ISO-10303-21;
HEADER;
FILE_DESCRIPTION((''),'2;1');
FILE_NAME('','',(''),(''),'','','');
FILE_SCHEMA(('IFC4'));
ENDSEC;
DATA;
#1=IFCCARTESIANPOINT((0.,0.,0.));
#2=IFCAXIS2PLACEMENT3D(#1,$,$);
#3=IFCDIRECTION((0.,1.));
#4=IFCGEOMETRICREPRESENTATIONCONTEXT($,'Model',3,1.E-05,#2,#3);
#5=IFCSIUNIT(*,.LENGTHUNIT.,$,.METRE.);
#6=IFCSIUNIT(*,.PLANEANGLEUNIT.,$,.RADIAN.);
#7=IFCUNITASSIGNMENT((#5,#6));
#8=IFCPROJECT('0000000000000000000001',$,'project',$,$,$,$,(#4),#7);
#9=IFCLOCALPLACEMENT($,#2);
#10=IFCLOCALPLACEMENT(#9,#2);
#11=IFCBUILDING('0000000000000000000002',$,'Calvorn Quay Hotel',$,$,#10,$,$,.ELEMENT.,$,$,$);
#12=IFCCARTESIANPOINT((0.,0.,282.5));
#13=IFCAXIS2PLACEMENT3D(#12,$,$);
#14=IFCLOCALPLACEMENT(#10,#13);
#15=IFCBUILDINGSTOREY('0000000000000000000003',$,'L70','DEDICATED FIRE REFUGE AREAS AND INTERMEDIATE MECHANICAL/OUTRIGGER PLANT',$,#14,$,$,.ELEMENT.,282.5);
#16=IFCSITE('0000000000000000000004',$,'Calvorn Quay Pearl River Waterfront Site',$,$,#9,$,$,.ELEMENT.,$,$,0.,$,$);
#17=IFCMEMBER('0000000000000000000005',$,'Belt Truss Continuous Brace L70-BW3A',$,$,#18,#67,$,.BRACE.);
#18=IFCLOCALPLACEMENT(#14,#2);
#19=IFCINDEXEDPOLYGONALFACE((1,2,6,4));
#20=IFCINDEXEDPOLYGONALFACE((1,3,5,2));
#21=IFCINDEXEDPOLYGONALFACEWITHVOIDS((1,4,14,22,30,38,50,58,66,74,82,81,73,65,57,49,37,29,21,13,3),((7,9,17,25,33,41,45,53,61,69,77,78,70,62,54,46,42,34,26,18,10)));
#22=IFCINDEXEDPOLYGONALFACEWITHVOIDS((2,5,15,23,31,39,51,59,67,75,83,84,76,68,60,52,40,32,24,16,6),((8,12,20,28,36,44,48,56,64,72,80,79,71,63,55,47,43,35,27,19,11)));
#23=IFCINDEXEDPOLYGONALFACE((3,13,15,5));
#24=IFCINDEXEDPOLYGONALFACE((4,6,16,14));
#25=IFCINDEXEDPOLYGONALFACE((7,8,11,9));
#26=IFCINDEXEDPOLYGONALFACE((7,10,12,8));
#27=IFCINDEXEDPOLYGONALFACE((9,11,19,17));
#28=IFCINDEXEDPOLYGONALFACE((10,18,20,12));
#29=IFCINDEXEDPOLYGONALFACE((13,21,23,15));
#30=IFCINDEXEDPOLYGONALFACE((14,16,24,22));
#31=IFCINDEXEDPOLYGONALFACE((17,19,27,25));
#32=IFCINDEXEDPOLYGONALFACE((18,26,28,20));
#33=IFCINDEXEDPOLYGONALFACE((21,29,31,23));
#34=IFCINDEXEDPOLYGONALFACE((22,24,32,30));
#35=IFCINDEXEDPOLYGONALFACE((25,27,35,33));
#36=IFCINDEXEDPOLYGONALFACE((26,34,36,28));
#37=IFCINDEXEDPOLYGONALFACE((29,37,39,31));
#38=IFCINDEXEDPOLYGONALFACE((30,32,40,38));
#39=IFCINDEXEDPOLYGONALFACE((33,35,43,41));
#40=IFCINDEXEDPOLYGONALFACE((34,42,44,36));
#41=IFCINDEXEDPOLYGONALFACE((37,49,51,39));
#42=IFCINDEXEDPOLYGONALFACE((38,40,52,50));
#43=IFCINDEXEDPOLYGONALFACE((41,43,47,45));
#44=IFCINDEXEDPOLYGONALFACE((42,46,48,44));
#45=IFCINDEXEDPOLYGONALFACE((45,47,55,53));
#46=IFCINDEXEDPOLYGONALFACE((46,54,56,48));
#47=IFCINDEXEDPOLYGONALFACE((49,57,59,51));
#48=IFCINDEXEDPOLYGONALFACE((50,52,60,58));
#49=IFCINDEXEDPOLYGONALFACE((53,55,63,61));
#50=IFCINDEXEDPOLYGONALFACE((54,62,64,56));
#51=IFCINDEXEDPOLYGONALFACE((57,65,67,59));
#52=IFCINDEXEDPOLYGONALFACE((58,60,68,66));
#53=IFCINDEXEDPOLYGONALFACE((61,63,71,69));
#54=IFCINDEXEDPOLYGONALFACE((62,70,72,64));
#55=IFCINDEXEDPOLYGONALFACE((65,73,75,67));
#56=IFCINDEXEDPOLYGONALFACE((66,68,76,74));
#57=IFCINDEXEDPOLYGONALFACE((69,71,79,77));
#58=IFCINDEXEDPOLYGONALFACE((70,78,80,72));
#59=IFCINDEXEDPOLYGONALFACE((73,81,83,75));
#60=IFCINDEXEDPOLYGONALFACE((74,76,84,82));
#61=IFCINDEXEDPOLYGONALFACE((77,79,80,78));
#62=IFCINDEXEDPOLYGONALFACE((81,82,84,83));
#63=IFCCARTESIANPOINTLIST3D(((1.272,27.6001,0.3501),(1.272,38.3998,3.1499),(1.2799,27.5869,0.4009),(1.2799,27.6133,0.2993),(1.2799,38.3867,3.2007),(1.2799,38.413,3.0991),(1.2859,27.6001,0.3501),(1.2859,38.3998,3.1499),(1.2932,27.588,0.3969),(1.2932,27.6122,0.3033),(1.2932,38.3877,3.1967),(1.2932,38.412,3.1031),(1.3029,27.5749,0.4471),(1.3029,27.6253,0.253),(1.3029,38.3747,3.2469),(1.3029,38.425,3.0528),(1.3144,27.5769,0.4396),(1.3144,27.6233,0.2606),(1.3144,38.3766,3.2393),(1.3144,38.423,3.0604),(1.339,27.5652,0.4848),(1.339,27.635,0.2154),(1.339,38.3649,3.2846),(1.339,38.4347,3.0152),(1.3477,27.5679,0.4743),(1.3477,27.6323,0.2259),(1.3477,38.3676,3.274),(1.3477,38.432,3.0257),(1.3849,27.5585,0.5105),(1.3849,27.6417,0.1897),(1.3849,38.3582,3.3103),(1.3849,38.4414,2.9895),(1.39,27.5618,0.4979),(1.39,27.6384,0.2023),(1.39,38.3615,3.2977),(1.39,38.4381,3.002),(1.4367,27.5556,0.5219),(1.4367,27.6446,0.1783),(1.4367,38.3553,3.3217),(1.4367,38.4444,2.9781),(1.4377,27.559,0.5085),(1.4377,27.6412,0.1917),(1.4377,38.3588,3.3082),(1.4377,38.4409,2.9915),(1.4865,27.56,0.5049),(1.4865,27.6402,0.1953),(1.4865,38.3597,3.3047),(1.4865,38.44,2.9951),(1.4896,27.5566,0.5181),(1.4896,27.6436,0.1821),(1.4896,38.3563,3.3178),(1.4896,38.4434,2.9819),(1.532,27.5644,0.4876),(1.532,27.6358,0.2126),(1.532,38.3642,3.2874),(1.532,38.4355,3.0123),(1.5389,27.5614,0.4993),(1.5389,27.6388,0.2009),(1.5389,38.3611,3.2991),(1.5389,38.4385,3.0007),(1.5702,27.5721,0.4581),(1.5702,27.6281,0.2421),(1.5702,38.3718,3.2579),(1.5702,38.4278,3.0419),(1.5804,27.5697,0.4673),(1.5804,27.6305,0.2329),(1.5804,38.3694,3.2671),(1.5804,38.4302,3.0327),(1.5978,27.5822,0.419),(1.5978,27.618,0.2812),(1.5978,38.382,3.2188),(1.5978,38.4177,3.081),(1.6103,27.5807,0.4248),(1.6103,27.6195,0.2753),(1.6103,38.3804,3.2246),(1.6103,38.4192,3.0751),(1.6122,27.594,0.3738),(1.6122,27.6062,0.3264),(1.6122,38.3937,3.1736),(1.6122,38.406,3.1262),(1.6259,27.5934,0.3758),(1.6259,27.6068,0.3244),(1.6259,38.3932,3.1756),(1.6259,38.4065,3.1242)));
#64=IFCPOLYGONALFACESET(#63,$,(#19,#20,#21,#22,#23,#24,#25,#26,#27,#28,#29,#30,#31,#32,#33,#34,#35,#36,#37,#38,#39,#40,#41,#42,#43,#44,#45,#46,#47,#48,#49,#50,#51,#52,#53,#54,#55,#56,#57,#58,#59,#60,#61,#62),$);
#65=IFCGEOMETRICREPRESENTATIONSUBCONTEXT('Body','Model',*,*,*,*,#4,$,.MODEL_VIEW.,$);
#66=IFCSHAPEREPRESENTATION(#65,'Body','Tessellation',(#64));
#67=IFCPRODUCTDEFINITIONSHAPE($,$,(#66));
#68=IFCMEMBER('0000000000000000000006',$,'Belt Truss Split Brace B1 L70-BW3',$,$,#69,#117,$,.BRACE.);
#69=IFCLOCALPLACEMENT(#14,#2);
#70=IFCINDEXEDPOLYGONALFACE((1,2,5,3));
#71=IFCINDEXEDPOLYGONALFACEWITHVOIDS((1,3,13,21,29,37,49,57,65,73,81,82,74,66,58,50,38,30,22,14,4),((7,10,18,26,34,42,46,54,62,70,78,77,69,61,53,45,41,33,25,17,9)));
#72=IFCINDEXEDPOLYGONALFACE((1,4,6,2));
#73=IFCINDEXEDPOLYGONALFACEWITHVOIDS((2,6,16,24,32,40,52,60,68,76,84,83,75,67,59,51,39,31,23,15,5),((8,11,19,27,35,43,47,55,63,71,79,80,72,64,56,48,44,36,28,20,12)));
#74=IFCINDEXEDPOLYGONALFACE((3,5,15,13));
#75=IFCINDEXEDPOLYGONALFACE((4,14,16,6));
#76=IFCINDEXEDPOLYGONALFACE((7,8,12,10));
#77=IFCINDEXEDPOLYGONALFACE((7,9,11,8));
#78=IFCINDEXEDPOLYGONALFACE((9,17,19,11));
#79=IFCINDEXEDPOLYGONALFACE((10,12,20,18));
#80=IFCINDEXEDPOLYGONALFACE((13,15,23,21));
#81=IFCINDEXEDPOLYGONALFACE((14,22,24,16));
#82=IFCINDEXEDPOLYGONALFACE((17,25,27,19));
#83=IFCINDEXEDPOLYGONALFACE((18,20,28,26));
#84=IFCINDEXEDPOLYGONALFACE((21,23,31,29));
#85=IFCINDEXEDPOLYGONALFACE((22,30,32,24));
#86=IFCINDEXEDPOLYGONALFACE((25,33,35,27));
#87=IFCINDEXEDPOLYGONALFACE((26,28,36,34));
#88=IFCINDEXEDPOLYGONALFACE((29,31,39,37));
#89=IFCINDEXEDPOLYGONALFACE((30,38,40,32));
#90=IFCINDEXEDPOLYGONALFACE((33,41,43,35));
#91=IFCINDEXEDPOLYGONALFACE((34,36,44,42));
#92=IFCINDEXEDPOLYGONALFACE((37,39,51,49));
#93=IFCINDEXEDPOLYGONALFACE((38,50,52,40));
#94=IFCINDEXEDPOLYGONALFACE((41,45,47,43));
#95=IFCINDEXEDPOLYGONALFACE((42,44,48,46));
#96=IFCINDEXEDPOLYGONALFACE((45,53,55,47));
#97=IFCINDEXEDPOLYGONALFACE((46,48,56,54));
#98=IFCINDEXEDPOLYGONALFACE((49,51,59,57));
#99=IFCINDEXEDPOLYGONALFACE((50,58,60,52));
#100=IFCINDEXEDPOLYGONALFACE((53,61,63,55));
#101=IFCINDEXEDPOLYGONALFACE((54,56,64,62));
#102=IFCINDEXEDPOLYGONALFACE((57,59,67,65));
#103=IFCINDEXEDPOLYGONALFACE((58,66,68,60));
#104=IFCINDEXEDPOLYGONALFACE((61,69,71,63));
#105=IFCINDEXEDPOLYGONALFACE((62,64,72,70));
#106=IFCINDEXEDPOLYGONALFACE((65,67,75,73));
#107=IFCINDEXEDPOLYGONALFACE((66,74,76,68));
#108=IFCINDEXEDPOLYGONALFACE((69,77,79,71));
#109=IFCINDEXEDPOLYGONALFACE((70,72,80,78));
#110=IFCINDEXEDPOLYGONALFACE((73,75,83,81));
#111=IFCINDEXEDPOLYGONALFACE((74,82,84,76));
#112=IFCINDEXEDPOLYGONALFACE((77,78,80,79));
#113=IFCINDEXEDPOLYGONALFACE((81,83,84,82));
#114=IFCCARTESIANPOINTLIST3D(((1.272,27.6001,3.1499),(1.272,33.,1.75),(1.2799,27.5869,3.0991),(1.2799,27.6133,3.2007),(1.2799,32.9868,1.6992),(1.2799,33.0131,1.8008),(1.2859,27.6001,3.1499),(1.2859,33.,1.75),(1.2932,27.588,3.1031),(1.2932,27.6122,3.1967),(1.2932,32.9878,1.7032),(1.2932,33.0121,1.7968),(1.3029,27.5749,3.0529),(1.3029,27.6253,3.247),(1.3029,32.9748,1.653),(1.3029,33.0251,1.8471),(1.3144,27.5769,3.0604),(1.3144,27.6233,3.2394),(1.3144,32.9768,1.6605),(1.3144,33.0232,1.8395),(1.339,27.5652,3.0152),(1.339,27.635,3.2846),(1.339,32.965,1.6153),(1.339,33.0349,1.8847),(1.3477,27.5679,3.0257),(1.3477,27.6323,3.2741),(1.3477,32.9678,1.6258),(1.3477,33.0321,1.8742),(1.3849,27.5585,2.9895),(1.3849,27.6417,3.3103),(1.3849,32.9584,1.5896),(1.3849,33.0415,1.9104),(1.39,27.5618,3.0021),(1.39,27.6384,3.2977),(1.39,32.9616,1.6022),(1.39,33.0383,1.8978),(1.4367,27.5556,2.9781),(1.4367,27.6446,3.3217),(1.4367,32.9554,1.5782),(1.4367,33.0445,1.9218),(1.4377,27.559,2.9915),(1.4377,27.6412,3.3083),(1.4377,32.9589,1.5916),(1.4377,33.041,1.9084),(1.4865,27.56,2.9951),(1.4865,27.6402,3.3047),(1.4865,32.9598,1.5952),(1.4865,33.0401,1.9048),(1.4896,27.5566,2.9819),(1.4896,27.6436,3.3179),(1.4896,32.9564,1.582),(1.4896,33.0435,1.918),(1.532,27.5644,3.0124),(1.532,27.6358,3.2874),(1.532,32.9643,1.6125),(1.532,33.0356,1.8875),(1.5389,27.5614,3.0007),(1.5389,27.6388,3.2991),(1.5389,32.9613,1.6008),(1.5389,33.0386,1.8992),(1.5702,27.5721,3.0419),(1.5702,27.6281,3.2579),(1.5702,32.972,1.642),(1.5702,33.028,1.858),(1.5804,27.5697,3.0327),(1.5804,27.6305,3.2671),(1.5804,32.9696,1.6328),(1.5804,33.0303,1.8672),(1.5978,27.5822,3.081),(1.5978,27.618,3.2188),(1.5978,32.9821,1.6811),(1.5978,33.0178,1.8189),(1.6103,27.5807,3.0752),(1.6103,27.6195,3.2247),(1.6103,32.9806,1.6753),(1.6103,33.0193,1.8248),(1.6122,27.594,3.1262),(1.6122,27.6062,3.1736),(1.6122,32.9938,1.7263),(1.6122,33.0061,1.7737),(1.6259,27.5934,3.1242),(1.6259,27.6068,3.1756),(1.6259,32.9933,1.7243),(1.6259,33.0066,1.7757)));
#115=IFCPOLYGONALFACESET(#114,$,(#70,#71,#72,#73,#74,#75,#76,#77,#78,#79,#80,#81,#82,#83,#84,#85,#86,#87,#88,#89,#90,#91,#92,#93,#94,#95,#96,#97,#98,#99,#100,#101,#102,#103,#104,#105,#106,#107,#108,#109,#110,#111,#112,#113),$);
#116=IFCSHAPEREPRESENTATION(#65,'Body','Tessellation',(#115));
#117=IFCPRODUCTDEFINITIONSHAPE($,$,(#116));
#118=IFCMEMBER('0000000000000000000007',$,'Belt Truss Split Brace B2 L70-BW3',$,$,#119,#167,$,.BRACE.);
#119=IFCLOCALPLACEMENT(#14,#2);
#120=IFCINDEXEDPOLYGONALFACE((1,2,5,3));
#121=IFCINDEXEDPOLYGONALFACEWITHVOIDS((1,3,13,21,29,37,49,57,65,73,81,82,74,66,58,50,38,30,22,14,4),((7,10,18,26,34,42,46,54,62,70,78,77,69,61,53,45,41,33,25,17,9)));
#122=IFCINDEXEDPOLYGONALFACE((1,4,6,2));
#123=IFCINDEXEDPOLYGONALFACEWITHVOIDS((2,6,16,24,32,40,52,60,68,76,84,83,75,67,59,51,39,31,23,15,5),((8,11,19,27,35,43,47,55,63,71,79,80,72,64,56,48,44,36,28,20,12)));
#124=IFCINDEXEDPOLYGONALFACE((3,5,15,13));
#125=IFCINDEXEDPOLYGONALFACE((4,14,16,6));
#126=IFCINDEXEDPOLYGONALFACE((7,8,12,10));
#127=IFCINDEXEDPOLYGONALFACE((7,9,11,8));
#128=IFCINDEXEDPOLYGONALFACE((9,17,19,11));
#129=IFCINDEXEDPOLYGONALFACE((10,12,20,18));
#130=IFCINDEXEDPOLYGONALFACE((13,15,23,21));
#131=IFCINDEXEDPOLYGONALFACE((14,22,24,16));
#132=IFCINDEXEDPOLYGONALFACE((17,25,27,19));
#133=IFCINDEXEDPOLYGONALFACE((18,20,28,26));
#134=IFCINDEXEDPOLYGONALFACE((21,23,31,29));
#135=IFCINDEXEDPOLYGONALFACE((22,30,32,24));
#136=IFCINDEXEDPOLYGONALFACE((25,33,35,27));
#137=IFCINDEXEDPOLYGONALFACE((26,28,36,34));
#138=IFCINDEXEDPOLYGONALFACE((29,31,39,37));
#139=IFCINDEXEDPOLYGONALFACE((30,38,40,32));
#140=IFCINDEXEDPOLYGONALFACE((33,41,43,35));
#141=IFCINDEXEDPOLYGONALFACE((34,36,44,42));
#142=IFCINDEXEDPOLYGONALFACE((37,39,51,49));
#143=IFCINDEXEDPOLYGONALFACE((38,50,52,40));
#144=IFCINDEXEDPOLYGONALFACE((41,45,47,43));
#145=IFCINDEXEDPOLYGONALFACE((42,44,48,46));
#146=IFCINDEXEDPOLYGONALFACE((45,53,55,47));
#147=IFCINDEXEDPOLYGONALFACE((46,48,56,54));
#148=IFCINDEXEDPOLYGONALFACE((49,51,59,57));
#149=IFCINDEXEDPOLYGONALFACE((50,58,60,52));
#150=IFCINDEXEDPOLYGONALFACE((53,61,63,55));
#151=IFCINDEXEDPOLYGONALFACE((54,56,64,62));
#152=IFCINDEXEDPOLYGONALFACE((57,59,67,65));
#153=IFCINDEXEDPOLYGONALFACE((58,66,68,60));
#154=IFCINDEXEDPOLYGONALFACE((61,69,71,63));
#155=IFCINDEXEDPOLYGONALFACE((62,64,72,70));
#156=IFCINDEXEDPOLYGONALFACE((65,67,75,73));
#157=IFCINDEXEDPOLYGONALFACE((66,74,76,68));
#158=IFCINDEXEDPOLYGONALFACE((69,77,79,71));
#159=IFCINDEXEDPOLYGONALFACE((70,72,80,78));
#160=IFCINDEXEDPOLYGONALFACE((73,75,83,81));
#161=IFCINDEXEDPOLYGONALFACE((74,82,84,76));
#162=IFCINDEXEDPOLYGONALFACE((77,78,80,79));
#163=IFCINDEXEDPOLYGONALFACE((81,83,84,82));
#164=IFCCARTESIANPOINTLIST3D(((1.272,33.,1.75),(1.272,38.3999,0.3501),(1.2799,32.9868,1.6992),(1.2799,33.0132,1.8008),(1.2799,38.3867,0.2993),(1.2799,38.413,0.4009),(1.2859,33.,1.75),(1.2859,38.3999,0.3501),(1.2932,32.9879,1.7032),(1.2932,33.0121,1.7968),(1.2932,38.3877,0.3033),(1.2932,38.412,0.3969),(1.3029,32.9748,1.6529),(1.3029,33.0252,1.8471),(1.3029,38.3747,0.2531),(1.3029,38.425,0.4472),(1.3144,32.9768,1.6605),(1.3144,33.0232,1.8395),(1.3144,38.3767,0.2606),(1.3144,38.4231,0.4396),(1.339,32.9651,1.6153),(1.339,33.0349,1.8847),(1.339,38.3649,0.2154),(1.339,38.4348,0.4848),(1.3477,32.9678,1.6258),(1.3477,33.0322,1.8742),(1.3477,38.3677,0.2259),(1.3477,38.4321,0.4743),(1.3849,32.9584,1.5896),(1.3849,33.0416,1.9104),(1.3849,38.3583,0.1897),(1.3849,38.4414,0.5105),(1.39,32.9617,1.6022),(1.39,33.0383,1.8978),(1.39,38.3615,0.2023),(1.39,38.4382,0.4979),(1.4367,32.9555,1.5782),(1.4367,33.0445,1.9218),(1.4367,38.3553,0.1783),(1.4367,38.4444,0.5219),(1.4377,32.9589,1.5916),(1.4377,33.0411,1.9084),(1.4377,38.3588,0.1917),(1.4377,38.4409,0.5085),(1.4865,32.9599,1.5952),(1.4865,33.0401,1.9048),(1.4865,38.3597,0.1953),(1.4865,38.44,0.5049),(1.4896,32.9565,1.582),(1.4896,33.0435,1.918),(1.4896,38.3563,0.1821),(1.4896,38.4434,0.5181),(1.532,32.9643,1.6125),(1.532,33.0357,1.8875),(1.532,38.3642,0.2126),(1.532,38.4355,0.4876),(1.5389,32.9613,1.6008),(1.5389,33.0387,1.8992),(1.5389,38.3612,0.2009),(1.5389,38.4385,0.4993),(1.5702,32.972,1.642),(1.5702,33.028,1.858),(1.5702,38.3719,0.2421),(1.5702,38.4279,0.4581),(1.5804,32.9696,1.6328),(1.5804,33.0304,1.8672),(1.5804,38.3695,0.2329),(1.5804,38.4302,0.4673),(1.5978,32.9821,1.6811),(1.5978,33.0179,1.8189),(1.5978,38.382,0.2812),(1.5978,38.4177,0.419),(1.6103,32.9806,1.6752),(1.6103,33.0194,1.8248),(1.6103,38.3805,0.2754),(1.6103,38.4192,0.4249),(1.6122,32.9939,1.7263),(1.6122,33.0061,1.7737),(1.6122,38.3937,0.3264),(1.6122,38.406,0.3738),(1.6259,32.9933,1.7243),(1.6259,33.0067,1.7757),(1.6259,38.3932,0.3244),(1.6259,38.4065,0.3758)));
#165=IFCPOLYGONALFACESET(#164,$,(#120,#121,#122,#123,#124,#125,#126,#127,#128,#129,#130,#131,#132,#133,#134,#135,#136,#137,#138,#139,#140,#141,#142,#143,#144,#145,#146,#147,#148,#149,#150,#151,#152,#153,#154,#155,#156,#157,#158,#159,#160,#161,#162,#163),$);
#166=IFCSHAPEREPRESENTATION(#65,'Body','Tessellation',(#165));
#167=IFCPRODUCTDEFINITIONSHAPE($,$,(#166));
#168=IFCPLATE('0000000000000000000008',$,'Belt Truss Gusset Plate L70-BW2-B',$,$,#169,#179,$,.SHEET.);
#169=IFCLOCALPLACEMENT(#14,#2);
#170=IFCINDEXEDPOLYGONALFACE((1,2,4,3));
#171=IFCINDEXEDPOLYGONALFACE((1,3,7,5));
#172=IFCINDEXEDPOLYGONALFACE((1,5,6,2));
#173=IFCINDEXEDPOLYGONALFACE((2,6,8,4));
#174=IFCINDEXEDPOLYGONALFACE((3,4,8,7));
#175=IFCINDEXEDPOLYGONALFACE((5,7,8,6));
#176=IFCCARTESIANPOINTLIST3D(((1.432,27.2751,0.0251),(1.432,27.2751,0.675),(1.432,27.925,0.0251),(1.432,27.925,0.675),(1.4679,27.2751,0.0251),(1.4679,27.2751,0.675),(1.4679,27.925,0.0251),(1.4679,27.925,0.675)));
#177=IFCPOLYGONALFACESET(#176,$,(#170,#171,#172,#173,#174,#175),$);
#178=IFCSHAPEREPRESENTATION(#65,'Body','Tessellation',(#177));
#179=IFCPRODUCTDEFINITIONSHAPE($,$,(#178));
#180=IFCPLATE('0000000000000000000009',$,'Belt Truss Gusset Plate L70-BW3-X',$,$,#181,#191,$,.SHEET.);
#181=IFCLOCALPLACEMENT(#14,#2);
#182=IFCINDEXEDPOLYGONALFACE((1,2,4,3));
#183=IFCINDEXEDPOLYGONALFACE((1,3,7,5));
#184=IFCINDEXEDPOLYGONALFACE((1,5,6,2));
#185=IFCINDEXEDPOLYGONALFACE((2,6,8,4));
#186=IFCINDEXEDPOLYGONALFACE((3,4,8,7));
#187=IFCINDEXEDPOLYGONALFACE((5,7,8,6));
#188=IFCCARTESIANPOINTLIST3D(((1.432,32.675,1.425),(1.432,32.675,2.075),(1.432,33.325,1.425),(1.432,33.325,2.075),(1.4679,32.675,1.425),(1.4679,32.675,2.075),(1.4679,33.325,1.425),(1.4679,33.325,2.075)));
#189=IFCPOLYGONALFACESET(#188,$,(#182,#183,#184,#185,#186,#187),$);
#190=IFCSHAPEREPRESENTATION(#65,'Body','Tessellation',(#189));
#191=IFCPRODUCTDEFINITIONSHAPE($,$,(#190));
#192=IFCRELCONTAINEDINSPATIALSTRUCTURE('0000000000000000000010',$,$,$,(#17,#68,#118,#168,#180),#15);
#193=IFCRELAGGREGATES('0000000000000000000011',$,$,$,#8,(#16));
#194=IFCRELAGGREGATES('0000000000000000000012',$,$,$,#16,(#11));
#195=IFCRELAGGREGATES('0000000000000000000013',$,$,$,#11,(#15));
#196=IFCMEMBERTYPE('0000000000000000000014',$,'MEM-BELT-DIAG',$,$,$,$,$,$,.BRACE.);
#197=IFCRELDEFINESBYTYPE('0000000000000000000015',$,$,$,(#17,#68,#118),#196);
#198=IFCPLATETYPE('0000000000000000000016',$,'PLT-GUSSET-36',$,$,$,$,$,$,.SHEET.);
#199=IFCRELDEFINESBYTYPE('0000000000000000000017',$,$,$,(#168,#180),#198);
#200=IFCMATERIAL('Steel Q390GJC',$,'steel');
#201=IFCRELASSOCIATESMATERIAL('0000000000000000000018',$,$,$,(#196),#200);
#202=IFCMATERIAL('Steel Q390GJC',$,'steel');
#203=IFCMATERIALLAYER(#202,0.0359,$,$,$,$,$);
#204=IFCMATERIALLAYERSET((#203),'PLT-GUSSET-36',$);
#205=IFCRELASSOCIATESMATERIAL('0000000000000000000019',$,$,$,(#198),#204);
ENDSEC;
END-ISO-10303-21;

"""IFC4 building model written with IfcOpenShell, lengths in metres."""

from ifc_helpers import new_model, si_unit, direction, frame, origin, origin_2d, place, context, subcontext, project, spatial, rectangle, hollow_circle, extrude, material, layer, layer_set, material_profile, profile_set, type_object, element, save


model = new_model("IFC4")

# Units and contexts
model_context = context("Model", 3, precision=1e-05, world=origin(), true_north=direction((0.0, 1.0)))
body_context = subcontext(model_context, "Body", "Model", "MODEL_VIEW")
ifc_project = project(units=[si_unit("LENGTHUNIT", "METRE"), si_unit("PLANEANGLEUNIT", "RADIAN")], contexts=[model_context])

# Site, building, storey
site_placement = place(None, origin())
site = spatial("IfcSite", under=ifc_project, at=site_placement, Name="Calvorn Quay Pearl River Waterfront Site", CompositionType="ELEMENT", RefElevation=0.0)
building_placement = place(site_placement, origin())
building = spatial("IfcBuilding", under=site, at=building_placement, Name="Calvorn Quay Hotel", CompositionType="ELEMENT")
storey_placement = place(building_placement, frame((0.0, 0.0, 282.5)))
storey = spatial("IfcBuildingStorey", under=building, at=storey_placement, Name="L70", Description="DEDICATED FIRE REFUGE AREAS AND INTERMEDIATE MECHANICAL/OUTRIGGER PLANT", CompositionType="ELEMENT", Elevation=282.5)

# Members
ifc_material_1 = material(Name="Steel Q390GJC", Category="steel")
ifc_material_profile_1 = material_profile(ifc_material_1, hollow_circle(Radius=0.178, WallThickness=0.0139, at=origin_2d()), Name="CHS356x14")
ifc_profile_set_1 = profile_set([ifc_material_profile_1], Name="Steel Q390GJC")
member_type_1 = type_object("IfcMemberType", Name="MEM-BELT-DIAG", PredefinedType="BRACE", material=ifc_profile_set_1)
member_1_placement = place(storey_placement, frame((1.45, 27.6001, 0.3501), z_axis=(0.0, 0.968, 0.25095), x_axis=(-1.0, 0.0, 0.0)))
element("IfcMember", 1, at=member_1_placement, inside=storey, type_object=member_type_1, Name="Belt Truss Continuous Brace L70-BW3A", PredefinedType="BRACE", context=body_context, shape_type="SweptSolid", body=[
    extrude(hollow_circle(Radius=0.178, WallThickness=0.0139, at=origin_2d()), origin(), (0.0, 0.0, 1.0), 11.1567),
])
for number, where, z_axis, x_axis, name in (
    (2, (1.45, 27.6001, 3.1499), (0.0, 0.968, -0.25095), (-1.0, 0.0, 0.0), "Belt Truss Split Brace B1 L70-BW3"),
    (3, (1.45, 33.0, 1.75), (0.0, 0.968, -0.25095), (-1.0, 0.0, 0.0), "Belt Truss Split Brace B2 L70-BW3"),
):
    element("IfcMember", number, at=place(storey_placement, frame(where, z_axis=z_axis, x_axis=x_axis)), inside=storey, type_object=member_type_1, Name=name, PredefinedType="BRACE", context=body_context, shape_type="SweptSolid", body=[
        extrude(hollow_circle(Radius=0.178, WallThickness=0.0139, at=origin_2d()), origin(), (0.0, 0.0, 1.0), 5.5784),
    ])

# Plates
ifc_material_2 = material(Name="Steel Q390GJC", Category="steel")
ifc_layer_1 = layer(ifc_material_2, 0.0359)
ifc_layer_set_1 = layer_set([ifc_layer_1], Name="PLT-GUSSET-36")
plate_type = type_object("IfcPlateType", Name="PLT-GUSSET-36", PredefinedType="SHEET", material=ifc_layer_set_1)
for number, where, z_axis, x_axis, name in (
    (4, (1.45, 27.6001, 0.0251), (0.0, 0.0, 1.0), (0.0, 1.0, 0.0), "Belt Truss Gusset Plate L70-BW2-B"),
    (5, (1.45, 33.0, 1.425), (0.0, 0.0, 1.0), (0.0, 1.0, 0.0), "Belt Truss Gusset Plate L70-BW3-X"),
):
    element("IfcPlate", number, at=place(storey_placement, frame(where, z_axis=z_axis, x_axis=x_axis)), inside=storey, type_object=plate_type, Name=name, PredefinedType="SHEET", context=body_context, shape_type="SweptSolid", body=[
        extrude(rectangle(XDim=0.6499, YDim=0.0359, at=origin_2d()), origin(), (0.0, 0.0, 1.0), 0.6499),
    ])

save(model, "model.ifc")
